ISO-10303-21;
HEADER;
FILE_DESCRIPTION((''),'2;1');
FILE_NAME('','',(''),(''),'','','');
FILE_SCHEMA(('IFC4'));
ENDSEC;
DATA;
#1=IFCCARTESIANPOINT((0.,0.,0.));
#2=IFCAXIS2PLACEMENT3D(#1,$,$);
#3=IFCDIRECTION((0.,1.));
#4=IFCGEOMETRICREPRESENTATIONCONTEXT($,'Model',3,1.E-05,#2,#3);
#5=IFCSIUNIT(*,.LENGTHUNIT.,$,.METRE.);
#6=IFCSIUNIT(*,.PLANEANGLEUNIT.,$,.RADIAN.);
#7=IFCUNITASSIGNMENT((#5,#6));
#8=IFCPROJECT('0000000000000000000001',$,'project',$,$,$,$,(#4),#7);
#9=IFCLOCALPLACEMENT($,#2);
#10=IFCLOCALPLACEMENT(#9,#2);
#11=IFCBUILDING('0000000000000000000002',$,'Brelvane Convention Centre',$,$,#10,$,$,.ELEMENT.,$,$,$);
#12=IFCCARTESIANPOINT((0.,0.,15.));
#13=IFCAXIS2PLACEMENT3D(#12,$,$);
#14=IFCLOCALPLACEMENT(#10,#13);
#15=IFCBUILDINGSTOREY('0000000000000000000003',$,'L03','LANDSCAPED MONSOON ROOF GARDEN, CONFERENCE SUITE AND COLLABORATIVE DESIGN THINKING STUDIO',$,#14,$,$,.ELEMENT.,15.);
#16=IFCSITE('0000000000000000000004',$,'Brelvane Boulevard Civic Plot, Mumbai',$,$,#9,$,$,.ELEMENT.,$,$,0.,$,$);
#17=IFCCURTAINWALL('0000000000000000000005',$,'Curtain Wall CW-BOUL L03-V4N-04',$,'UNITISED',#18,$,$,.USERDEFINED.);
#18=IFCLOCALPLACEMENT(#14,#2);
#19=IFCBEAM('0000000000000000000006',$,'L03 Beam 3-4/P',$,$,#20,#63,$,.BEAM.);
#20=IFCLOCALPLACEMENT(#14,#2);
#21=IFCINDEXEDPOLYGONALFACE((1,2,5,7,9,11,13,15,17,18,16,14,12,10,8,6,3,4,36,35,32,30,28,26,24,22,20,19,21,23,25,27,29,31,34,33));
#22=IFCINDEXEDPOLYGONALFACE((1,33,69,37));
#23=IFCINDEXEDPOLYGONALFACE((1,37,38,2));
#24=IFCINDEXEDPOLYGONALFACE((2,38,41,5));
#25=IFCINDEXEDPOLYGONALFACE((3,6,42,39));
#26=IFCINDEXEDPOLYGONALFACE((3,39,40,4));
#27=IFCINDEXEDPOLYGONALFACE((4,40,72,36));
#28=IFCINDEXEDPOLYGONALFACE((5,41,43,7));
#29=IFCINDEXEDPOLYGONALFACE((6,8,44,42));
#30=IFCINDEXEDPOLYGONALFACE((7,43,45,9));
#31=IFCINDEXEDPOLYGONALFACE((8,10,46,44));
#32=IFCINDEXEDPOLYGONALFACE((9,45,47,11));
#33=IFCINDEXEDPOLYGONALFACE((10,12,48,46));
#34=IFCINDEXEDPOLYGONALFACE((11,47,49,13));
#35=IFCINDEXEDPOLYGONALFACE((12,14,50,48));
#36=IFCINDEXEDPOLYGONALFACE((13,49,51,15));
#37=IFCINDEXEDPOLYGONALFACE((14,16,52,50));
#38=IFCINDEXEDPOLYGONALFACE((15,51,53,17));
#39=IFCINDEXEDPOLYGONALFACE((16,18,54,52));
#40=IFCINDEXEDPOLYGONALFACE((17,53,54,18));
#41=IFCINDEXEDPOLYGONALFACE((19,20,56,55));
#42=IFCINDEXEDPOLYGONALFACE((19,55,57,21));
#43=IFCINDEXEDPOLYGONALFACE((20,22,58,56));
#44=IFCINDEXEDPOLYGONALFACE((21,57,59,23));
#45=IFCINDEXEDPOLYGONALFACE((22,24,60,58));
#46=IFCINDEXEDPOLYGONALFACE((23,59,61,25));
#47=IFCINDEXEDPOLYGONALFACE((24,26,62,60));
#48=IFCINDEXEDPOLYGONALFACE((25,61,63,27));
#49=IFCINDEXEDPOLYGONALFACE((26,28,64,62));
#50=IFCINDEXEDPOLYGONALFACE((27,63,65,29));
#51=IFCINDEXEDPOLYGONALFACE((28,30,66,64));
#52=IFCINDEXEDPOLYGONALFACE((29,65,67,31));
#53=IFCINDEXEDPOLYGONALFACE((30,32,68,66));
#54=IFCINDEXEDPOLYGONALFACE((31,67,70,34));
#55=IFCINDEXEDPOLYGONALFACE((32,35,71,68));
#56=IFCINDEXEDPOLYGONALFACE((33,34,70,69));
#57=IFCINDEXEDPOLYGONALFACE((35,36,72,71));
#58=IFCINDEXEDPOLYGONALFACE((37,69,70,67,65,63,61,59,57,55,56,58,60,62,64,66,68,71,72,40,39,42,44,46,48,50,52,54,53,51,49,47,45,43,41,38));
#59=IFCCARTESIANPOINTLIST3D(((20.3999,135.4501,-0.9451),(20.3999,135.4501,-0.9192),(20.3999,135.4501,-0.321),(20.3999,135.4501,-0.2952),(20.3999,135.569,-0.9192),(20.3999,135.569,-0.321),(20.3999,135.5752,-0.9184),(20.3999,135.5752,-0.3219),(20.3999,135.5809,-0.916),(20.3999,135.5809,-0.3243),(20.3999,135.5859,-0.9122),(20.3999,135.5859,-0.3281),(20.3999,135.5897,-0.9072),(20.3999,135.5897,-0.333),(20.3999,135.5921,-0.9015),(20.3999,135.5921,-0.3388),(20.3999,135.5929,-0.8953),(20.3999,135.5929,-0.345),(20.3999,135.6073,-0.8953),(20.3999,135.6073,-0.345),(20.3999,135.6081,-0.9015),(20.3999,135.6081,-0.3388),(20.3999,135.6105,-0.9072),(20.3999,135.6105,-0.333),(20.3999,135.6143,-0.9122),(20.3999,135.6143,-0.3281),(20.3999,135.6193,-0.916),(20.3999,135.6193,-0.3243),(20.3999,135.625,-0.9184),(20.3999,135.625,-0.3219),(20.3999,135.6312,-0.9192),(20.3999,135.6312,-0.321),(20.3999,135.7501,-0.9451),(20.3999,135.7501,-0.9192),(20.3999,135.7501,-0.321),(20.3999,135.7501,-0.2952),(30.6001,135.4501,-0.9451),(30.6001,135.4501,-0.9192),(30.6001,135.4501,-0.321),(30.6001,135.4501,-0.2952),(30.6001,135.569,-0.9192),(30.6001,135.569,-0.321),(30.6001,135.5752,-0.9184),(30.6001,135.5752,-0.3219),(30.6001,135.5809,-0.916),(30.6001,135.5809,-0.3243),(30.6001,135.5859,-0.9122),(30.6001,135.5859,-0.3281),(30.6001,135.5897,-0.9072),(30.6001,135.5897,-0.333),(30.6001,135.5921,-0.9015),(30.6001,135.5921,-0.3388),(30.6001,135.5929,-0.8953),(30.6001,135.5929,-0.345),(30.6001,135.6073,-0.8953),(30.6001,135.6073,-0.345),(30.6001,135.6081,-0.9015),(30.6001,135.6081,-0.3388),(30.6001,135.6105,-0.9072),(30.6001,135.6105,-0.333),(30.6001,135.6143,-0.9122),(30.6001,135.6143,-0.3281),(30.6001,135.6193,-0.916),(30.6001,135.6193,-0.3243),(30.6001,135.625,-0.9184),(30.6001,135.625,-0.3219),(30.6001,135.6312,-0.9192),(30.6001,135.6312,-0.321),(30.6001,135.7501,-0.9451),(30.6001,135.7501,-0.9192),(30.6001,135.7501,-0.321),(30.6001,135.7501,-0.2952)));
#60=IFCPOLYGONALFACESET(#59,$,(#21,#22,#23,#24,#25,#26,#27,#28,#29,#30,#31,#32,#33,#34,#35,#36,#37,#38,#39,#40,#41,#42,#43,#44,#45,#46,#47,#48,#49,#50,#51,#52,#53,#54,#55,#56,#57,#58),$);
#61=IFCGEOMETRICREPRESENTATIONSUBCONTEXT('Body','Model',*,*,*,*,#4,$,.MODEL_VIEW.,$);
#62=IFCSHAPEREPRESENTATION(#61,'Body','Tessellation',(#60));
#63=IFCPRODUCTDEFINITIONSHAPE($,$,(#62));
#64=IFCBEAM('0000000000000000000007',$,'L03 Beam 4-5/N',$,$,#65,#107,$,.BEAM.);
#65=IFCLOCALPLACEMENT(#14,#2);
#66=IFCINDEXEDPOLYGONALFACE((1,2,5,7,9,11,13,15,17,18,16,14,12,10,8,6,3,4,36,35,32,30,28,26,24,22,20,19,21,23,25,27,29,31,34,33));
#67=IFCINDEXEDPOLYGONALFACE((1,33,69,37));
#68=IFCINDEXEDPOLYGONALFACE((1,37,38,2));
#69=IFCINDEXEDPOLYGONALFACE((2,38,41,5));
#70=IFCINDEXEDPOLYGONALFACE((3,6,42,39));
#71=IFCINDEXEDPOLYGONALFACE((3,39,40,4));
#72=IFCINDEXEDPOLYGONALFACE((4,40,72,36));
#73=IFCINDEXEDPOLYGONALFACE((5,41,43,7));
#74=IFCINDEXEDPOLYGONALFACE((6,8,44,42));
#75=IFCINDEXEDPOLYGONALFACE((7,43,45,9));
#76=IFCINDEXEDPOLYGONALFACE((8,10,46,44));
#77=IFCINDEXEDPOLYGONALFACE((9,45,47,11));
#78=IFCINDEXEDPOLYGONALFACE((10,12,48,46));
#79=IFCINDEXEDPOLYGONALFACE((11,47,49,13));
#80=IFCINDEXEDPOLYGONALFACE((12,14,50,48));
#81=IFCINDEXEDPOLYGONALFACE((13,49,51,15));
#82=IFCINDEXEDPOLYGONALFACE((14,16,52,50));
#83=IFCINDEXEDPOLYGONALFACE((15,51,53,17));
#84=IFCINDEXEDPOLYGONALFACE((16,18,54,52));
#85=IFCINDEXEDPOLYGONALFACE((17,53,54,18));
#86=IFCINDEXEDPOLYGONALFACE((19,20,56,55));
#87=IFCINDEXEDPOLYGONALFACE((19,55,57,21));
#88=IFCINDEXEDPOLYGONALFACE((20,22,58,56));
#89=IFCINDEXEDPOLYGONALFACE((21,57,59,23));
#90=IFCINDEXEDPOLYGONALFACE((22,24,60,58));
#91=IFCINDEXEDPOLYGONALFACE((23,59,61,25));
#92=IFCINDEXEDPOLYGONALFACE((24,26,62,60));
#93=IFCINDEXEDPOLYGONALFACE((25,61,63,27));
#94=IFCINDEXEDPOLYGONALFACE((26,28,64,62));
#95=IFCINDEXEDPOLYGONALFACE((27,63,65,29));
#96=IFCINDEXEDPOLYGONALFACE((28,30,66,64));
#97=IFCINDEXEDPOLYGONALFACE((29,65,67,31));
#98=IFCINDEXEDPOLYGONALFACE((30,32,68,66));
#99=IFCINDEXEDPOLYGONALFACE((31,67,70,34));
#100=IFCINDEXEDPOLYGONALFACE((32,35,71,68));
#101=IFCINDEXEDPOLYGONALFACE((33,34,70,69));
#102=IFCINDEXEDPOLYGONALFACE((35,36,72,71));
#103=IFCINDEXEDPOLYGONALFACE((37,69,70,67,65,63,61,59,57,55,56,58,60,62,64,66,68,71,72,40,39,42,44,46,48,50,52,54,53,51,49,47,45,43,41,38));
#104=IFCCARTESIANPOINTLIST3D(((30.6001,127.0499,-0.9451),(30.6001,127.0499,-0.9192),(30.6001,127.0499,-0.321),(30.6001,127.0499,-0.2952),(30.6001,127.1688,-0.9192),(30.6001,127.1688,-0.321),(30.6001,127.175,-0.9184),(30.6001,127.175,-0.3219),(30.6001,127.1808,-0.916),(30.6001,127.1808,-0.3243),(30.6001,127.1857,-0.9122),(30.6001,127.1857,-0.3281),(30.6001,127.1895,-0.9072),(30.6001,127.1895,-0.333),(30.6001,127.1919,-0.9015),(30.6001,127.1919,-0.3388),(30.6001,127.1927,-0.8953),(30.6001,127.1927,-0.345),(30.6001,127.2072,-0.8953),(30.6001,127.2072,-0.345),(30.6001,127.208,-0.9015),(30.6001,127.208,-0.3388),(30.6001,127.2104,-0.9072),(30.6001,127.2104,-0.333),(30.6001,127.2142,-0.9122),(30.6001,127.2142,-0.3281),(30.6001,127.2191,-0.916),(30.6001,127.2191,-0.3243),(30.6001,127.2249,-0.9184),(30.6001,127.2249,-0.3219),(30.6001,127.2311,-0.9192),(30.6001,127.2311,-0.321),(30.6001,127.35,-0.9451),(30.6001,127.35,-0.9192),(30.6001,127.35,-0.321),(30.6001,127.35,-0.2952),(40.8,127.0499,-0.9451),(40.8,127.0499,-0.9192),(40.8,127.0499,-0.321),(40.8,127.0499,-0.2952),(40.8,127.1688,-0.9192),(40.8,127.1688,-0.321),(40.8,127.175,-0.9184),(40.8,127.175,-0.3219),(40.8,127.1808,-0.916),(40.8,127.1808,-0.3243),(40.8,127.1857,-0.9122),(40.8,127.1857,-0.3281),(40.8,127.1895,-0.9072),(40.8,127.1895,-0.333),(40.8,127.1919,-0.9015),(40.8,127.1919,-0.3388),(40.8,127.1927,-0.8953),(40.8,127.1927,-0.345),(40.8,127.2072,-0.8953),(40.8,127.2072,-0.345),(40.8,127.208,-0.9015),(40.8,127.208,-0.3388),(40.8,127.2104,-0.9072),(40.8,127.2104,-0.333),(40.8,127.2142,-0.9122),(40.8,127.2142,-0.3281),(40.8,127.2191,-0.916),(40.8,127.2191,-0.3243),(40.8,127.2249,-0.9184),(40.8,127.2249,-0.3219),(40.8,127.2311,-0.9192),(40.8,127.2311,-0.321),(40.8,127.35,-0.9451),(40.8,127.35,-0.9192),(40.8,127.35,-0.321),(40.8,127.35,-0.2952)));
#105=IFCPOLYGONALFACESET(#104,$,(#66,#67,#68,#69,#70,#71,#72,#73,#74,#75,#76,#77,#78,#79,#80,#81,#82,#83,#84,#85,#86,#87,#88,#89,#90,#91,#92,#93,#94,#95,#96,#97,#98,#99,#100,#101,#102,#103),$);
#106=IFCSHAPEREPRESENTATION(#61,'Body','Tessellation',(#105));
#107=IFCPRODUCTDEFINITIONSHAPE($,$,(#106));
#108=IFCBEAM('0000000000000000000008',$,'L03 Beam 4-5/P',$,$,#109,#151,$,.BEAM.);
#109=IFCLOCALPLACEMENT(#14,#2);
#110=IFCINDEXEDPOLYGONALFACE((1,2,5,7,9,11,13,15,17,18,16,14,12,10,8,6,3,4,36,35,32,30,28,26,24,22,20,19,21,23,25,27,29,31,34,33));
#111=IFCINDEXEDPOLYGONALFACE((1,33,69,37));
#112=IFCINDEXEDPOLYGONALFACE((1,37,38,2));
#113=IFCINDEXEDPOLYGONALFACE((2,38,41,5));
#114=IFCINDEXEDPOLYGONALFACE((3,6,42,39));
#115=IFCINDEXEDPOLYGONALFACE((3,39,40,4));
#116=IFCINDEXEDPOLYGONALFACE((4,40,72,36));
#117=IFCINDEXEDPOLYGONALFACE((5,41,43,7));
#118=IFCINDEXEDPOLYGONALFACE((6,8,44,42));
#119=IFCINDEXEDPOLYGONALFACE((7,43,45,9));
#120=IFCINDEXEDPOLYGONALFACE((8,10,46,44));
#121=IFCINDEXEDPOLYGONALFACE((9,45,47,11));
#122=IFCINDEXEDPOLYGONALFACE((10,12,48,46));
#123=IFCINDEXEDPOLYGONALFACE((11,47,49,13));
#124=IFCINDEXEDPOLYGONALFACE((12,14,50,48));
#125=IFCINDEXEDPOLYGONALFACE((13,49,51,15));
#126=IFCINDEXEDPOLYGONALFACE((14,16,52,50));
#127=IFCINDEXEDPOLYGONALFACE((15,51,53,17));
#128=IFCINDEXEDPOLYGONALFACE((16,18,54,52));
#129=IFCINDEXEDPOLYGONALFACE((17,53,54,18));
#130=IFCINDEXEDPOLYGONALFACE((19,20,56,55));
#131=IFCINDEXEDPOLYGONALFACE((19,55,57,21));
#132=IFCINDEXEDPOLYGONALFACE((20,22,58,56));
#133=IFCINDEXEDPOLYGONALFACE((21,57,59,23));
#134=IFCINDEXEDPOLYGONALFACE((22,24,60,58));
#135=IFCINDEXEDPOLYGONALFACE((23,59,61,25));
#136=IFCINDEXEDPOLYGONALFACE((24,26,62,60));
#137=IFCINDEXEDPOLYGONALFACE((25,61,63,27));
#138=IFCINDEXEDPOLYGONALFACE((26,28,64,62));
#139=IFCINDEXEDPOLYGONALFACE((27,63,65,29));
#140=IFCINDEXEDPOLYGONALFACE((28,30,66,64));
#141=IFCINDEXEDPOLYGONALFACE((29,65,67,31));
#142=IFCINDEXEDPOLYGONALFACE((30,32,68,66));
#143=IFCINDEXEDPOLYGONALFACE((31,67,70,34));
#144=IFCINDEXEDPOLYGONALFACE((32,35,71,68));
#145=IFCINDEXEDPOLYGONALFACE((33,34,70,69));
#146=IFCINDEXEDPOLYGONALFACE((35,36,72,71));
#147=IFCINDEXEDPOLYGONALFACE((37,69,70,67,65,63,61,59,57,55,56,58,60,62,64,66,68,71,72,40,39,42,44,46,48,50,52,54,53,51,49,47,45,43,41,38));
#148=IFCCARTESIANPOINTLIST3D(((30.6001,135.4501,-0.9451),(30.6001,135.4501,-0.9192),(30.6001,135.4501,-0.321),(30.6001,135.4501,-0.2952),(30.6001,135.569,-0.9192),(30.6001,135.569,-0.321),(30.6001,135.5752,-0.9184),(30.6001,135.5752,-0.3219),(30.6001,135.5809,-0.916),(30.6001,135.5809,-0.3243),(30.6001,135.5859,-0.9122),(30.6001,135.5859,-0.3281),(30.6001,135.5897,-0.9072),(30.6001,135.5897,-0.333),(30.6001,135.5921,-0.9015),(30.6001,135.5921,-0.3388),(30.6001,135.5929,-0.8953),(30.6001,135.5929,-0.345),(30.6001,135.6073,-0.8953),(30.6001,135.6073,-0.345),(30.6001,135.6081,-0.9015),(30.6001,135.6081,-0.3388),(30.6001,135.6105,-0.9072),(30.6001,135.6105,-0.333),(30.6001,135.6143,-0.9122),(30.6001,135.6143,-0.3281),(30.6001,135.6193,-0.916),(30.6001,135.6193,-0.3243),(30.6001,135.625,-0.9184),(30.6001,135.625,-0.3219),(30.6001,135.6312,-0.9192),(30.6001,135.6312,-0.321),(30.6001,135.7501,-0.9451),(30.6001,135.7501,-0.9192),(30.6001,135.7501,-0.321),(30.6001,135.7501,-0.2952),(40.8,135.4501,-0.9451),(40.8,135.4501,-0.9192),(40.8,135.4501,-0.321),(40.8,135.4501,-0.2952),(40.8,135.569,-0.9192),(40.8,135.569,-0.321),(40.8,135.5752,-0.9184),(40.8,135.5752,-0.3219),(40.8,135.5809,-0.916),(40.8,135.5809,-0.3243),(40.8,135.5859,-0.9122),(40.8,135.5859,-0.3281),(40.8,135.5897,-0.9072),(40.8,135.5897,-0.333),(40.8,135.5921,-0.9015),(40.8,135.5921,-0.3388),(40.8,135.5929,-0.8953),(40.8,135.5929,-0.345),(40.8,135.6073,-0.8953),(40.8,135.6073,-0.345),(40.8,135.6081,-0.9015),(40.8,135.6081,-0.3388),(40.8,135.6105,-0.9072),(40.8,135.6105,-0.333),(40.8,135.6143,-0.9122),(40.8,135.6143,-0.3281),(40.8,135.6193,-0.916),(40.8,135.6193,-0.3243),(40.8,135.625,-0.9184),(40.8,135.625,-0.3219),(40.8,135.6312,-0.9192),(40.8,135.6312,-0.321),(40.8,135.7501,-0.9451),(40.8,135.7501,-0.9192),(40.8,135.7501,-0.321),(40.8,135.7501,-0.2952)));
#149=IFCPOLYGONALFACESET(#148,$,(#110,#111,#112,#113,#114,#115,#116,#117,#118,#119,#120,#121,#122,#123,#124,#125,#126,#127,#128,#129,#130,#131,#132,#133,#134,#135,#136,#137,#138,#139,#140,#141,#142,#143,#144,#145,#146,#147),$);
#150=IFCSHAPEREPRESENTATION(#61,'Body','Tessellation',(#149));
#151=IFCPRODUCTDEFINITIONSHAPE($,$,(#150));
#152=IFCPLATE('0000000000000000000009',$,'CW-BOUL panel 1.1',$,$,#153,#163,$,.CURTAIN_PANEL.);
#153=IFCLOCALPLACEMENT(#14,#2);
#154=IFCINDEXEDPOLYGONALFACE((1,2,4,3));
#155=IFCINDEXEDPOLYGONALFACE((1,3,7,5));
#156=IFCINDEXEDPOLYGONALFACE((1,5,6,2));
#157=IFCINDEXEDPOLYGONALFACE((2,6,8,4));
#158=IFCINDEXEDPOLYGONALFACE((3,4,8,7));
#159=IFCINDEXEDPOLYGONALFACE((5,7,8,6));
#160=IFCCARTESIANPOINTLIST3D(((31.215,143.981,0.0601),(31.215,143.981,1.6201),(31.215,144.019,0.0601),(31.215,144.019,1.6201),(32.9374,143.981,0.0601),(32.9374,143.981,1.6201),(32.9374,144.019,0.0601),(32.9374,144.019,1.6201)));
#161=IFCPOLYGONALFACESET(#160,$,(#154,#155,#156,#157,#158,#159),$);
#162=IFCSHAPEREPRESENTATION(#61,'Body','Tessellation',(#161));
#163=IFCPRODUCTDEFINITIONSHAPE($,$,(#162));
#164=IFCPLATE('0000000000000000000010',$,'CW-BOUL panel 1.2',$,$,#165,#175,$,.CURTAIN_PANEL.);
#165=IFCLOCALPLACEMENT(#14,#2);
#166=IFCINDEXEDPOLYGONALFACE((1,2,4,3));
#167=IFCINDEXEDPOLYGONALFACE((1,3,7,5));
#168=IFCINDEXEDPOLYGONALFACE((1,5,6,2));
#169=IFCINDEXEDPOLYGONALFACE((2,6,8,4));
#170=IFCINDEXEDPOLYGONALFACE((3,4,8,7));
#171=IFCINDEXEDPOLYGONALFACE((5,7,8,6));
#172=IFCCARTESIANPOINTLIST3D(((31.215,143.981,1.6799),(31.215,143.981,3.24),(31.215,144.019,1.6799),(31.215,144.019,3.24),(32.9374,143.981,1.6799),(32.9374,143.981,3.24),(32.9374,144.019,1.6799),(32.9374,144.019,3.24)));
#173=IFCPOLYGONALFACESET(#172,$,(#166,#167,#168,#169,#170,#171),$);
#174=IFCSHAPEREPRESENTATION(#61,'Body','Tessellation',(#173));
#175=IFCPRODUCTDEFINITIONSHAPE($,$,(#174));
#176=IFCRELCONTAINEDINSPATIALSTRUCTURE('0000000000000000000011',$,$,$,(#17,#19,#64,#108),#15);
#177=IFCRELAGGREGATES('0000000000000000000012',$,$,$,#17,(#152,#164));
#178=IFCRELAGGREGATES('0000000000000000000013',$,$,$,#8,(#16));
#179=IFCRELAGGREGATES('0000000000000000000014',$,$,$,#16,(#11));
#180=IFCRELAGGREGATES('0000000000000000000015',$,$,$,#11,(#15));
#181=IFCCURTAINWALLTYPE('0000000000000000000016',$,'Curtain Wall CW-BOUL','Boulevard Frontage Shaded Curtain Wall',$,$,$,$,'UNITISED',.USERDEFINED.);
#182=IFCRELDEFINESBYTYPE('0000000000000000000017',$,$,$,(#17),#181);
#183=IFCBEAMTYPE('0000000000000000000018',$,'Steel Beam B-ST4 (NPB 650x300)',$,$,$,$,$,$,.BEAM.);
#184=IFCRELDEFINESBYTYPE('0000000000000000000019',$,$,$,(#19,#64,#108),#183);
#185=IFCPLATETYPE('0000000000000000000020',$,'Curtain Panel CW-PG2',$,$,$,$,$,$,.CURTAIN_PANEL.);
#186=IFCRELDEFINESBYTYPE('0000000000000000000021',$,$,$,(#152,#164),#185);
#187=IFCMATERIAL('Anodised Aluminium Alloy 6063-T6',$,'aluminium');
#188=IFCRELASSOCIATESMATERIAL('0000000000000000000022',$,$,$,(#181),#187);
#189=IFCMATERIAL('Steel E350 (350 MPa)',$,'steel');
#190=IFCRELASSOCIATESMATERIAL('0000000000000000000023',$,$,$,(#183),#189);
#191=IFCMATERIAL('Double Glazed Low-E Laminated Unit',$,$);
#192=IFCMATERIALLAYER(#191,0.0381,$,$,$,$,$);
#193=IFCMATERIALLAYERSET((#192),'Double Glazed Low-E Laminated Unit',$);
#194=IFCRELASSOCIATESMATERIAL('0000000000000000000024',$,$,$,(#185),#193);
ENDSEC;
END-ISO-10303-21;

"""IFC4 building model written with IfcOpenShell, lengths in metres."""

from ifc_helpers import new_model, si_unit, direction, frame, origin, origin_2d, place, context, subcontext, project, spatial, rectangle, i_section, extrude, material, layer, layer_set, material_profile, profile_set, type_object, element, aggregate, save


model = new_model("IFC4")

# Units and contexts
model_context = context("Model", 3, precision=1e-05, world=origin(), true_north=direction((0.0, 1.0)))
body_context = subcontext(model_context, "Body", "Model", "MODEL_VIEW")
ifc_project = project(units=[si_unit("LENGTHUNIT", "METRE"), si_unit("PLANEANGLEUNIT", "RADIAN")], contexts=[model_context])

# Site, building, storey
site_placement = place(None, origin())
site = spatial("IfcSite", under=ifc_project, at=site_placement, Name="Brelvane Boulevard Civic Plot, Mumbai", CompositionType="ELEMENT", RefElevation=0.0)
building_placement = place(site_placement, origin())
building = spatial("IfcBuilding", under=site, at=building_placement, Name="Brelvane Convention Centre", CompositionType="ELEMENT")
storey_placement = place(building_placement, frame((0.0, 0.0, 15.0)))
storey = spatial("IfcBuildingStorey", under=building, at=storey_placement, Name="L03", Description="LANDSCAPED MONSOON ROOF GARDEN, CONFERENCE SUITE AND COLLABORATIVE DESIGN THINKING STUDIO", CompositionType="ELEMENT", Elevation=15.0)

# Curtain wall
ifc_material_1 = material(Name="Anodised Aluminium Alloy 6063-T6", Category="aluminium")
curtain_wall_type = type_object("IfcCurtainWallType", Name="Curtain Wall CW-BOUL", Description="Boulevard Frontage Shaded Curtain Wall", ElementType="UNITISED", PredefinedType="USERDEFINED", material=ifc_material_1)
curtain_wall_placement = place(storey_placement, origin())
curtain_wall = element("IfcCurtainWall", 1, at=curtain_wall_placement, inside=storey, type_object=curtain_wall_type, Name="Curtain Wall CW-BOUL L03-V4N-04", ObjectType="UNITISED", PredefinedType="USERDEFINED")

# Beams
ifc_material_2 = material(Name="Steel E350 (350 MPa)", Category="steel")
ifc_material_profile_1 = material_profile(ifc_material_2, i_section(OverallWidth=0.3, OverallDepth=0.6499, WebThickness=0.0144, FlangeThickness=0.0259, FilletRadius=0.0239, at=origin_2d()), Name="NPB 650x300")
ifc_profile_set_1 = profile_set([ifc_material_profile_1], Name="Steel E350 (350 MPa)")
beam_type_1 = type_object("IfcBeamType", Name="Steel Beam B-ST4 (NPB 650x300)", PredefinedType="BEAM", material=ifc_profile_set_1)
beam_1_placement = place(storey_placement, frame((20.3999, 135.6001, -0.6201), z_axis=(1.0, 0.0, 0.0), x_axis=(0.0, 1.0, 0.0)))
element("IfcBeam", 2, at=beam_1_placement, inside=storey, type_object=beam_type_1, Name="L03 Beam 3-4/P", PredefinedType="BEAM", context=body_context, shape_type="SweptSolid", body=[
    extrude(i_section(OverallWidth=0.3, OverallDepth=0.6499, WebThickness=0.0144, FlangeThickness=0.0259, FilletRadius=0.0239, at=origin_2d()), origin(), (0.0, 0.0, 1.0), 10.2002),
])
for number, where, z_axis, x_axis, name in (
    (3, (30.6001, 127.2, -0.6201), (1.0, 0.0, 0.0), (0.0, 1.0, 0.0), "L03 Beam 4-5/N"),
    (4, (30.6001, 135.6001, -0.6201), (1.0, 0.0, 0.0), (0.0, 1.0, 0.0), "L03 Beam 4-5/P"),
):
    element("IfcBeam", number, at=place(storey_placement, frame(where, z_axis=z_axis, x_axis=x_axis)), inside=storey, type_object=beam_type_1, Name=name, PredefinedType="BEAM", context=body_context, shape_type="SweptSolid", body=[
        extrude(i_section(OverallWidth=0.3, OverallDepth=0.6499, WebThickness=0.0144, FlangeThickness=0.0259, FilletRadius=0.0239, at=origin_2d()), origin(), (0.0, 0.0, 1.0), 10.2),
    ])

# Plates
ifc_material_3 = material(Name="Double Glazed Low-E Laminated Unit")
ifc_layer_1 = layer(ifc_material_3, 0.0381)
ifc_layer_set_1 = layer_set([ifc_layer_1], Name="Double Glazed Low-E Laminated Unit")
plate_type = type_object("IfcPlateType", Name="Curtain Panel CW-PG2", PredefinedType="CURTAIN_PANEL", material=ifc_layer_set_1)
plate_1_placement = place(storey_placement, frame((32.0762, 144.0, 0.0601), z_axis=(0.0, 0.0, 1.0), x_axis=(1.0, 0.0, 0.0)))
plate_1 = element("IfcPlate", 5, at=plate_1_placement, type_object=plate_type, Name="CW-BOUL panel 1.1", PredefinedType="CURTAIN_PANEL", context=body_context, shape_type="SweptSolid", body=[
    extrude(rectangle(XDim=1.7224, YDim=0.0381, at=origin_2d()), origin(), (0.0, 0.0, 1.0), 1.5601),
])
plate_2_placement = place(storey_placement, frame((32.0762, 144.0, 1.6799), z_axis=(0.0, 0.0, 1.0), x_axis=(1.0, 0.0, 0.0)))
plate_2 = element("IfcPlate", 6, at=plate_2_placement, type_object=plate_type, Name="CW-BOUL panel 1.2", PredefinedType="CURTAIN_PANEL", context=body_context, shape_type="SweptSolid", body=[
    extrude(rectangle(XDim=1.7224, YDim=0.0381, at=origin_2d()), origin(), (0.0, 0.0, 1.0), 1.5601),
])
aggregate(curtain_wall, [plate_1, plate_2])

save(model, "model.ifc")
